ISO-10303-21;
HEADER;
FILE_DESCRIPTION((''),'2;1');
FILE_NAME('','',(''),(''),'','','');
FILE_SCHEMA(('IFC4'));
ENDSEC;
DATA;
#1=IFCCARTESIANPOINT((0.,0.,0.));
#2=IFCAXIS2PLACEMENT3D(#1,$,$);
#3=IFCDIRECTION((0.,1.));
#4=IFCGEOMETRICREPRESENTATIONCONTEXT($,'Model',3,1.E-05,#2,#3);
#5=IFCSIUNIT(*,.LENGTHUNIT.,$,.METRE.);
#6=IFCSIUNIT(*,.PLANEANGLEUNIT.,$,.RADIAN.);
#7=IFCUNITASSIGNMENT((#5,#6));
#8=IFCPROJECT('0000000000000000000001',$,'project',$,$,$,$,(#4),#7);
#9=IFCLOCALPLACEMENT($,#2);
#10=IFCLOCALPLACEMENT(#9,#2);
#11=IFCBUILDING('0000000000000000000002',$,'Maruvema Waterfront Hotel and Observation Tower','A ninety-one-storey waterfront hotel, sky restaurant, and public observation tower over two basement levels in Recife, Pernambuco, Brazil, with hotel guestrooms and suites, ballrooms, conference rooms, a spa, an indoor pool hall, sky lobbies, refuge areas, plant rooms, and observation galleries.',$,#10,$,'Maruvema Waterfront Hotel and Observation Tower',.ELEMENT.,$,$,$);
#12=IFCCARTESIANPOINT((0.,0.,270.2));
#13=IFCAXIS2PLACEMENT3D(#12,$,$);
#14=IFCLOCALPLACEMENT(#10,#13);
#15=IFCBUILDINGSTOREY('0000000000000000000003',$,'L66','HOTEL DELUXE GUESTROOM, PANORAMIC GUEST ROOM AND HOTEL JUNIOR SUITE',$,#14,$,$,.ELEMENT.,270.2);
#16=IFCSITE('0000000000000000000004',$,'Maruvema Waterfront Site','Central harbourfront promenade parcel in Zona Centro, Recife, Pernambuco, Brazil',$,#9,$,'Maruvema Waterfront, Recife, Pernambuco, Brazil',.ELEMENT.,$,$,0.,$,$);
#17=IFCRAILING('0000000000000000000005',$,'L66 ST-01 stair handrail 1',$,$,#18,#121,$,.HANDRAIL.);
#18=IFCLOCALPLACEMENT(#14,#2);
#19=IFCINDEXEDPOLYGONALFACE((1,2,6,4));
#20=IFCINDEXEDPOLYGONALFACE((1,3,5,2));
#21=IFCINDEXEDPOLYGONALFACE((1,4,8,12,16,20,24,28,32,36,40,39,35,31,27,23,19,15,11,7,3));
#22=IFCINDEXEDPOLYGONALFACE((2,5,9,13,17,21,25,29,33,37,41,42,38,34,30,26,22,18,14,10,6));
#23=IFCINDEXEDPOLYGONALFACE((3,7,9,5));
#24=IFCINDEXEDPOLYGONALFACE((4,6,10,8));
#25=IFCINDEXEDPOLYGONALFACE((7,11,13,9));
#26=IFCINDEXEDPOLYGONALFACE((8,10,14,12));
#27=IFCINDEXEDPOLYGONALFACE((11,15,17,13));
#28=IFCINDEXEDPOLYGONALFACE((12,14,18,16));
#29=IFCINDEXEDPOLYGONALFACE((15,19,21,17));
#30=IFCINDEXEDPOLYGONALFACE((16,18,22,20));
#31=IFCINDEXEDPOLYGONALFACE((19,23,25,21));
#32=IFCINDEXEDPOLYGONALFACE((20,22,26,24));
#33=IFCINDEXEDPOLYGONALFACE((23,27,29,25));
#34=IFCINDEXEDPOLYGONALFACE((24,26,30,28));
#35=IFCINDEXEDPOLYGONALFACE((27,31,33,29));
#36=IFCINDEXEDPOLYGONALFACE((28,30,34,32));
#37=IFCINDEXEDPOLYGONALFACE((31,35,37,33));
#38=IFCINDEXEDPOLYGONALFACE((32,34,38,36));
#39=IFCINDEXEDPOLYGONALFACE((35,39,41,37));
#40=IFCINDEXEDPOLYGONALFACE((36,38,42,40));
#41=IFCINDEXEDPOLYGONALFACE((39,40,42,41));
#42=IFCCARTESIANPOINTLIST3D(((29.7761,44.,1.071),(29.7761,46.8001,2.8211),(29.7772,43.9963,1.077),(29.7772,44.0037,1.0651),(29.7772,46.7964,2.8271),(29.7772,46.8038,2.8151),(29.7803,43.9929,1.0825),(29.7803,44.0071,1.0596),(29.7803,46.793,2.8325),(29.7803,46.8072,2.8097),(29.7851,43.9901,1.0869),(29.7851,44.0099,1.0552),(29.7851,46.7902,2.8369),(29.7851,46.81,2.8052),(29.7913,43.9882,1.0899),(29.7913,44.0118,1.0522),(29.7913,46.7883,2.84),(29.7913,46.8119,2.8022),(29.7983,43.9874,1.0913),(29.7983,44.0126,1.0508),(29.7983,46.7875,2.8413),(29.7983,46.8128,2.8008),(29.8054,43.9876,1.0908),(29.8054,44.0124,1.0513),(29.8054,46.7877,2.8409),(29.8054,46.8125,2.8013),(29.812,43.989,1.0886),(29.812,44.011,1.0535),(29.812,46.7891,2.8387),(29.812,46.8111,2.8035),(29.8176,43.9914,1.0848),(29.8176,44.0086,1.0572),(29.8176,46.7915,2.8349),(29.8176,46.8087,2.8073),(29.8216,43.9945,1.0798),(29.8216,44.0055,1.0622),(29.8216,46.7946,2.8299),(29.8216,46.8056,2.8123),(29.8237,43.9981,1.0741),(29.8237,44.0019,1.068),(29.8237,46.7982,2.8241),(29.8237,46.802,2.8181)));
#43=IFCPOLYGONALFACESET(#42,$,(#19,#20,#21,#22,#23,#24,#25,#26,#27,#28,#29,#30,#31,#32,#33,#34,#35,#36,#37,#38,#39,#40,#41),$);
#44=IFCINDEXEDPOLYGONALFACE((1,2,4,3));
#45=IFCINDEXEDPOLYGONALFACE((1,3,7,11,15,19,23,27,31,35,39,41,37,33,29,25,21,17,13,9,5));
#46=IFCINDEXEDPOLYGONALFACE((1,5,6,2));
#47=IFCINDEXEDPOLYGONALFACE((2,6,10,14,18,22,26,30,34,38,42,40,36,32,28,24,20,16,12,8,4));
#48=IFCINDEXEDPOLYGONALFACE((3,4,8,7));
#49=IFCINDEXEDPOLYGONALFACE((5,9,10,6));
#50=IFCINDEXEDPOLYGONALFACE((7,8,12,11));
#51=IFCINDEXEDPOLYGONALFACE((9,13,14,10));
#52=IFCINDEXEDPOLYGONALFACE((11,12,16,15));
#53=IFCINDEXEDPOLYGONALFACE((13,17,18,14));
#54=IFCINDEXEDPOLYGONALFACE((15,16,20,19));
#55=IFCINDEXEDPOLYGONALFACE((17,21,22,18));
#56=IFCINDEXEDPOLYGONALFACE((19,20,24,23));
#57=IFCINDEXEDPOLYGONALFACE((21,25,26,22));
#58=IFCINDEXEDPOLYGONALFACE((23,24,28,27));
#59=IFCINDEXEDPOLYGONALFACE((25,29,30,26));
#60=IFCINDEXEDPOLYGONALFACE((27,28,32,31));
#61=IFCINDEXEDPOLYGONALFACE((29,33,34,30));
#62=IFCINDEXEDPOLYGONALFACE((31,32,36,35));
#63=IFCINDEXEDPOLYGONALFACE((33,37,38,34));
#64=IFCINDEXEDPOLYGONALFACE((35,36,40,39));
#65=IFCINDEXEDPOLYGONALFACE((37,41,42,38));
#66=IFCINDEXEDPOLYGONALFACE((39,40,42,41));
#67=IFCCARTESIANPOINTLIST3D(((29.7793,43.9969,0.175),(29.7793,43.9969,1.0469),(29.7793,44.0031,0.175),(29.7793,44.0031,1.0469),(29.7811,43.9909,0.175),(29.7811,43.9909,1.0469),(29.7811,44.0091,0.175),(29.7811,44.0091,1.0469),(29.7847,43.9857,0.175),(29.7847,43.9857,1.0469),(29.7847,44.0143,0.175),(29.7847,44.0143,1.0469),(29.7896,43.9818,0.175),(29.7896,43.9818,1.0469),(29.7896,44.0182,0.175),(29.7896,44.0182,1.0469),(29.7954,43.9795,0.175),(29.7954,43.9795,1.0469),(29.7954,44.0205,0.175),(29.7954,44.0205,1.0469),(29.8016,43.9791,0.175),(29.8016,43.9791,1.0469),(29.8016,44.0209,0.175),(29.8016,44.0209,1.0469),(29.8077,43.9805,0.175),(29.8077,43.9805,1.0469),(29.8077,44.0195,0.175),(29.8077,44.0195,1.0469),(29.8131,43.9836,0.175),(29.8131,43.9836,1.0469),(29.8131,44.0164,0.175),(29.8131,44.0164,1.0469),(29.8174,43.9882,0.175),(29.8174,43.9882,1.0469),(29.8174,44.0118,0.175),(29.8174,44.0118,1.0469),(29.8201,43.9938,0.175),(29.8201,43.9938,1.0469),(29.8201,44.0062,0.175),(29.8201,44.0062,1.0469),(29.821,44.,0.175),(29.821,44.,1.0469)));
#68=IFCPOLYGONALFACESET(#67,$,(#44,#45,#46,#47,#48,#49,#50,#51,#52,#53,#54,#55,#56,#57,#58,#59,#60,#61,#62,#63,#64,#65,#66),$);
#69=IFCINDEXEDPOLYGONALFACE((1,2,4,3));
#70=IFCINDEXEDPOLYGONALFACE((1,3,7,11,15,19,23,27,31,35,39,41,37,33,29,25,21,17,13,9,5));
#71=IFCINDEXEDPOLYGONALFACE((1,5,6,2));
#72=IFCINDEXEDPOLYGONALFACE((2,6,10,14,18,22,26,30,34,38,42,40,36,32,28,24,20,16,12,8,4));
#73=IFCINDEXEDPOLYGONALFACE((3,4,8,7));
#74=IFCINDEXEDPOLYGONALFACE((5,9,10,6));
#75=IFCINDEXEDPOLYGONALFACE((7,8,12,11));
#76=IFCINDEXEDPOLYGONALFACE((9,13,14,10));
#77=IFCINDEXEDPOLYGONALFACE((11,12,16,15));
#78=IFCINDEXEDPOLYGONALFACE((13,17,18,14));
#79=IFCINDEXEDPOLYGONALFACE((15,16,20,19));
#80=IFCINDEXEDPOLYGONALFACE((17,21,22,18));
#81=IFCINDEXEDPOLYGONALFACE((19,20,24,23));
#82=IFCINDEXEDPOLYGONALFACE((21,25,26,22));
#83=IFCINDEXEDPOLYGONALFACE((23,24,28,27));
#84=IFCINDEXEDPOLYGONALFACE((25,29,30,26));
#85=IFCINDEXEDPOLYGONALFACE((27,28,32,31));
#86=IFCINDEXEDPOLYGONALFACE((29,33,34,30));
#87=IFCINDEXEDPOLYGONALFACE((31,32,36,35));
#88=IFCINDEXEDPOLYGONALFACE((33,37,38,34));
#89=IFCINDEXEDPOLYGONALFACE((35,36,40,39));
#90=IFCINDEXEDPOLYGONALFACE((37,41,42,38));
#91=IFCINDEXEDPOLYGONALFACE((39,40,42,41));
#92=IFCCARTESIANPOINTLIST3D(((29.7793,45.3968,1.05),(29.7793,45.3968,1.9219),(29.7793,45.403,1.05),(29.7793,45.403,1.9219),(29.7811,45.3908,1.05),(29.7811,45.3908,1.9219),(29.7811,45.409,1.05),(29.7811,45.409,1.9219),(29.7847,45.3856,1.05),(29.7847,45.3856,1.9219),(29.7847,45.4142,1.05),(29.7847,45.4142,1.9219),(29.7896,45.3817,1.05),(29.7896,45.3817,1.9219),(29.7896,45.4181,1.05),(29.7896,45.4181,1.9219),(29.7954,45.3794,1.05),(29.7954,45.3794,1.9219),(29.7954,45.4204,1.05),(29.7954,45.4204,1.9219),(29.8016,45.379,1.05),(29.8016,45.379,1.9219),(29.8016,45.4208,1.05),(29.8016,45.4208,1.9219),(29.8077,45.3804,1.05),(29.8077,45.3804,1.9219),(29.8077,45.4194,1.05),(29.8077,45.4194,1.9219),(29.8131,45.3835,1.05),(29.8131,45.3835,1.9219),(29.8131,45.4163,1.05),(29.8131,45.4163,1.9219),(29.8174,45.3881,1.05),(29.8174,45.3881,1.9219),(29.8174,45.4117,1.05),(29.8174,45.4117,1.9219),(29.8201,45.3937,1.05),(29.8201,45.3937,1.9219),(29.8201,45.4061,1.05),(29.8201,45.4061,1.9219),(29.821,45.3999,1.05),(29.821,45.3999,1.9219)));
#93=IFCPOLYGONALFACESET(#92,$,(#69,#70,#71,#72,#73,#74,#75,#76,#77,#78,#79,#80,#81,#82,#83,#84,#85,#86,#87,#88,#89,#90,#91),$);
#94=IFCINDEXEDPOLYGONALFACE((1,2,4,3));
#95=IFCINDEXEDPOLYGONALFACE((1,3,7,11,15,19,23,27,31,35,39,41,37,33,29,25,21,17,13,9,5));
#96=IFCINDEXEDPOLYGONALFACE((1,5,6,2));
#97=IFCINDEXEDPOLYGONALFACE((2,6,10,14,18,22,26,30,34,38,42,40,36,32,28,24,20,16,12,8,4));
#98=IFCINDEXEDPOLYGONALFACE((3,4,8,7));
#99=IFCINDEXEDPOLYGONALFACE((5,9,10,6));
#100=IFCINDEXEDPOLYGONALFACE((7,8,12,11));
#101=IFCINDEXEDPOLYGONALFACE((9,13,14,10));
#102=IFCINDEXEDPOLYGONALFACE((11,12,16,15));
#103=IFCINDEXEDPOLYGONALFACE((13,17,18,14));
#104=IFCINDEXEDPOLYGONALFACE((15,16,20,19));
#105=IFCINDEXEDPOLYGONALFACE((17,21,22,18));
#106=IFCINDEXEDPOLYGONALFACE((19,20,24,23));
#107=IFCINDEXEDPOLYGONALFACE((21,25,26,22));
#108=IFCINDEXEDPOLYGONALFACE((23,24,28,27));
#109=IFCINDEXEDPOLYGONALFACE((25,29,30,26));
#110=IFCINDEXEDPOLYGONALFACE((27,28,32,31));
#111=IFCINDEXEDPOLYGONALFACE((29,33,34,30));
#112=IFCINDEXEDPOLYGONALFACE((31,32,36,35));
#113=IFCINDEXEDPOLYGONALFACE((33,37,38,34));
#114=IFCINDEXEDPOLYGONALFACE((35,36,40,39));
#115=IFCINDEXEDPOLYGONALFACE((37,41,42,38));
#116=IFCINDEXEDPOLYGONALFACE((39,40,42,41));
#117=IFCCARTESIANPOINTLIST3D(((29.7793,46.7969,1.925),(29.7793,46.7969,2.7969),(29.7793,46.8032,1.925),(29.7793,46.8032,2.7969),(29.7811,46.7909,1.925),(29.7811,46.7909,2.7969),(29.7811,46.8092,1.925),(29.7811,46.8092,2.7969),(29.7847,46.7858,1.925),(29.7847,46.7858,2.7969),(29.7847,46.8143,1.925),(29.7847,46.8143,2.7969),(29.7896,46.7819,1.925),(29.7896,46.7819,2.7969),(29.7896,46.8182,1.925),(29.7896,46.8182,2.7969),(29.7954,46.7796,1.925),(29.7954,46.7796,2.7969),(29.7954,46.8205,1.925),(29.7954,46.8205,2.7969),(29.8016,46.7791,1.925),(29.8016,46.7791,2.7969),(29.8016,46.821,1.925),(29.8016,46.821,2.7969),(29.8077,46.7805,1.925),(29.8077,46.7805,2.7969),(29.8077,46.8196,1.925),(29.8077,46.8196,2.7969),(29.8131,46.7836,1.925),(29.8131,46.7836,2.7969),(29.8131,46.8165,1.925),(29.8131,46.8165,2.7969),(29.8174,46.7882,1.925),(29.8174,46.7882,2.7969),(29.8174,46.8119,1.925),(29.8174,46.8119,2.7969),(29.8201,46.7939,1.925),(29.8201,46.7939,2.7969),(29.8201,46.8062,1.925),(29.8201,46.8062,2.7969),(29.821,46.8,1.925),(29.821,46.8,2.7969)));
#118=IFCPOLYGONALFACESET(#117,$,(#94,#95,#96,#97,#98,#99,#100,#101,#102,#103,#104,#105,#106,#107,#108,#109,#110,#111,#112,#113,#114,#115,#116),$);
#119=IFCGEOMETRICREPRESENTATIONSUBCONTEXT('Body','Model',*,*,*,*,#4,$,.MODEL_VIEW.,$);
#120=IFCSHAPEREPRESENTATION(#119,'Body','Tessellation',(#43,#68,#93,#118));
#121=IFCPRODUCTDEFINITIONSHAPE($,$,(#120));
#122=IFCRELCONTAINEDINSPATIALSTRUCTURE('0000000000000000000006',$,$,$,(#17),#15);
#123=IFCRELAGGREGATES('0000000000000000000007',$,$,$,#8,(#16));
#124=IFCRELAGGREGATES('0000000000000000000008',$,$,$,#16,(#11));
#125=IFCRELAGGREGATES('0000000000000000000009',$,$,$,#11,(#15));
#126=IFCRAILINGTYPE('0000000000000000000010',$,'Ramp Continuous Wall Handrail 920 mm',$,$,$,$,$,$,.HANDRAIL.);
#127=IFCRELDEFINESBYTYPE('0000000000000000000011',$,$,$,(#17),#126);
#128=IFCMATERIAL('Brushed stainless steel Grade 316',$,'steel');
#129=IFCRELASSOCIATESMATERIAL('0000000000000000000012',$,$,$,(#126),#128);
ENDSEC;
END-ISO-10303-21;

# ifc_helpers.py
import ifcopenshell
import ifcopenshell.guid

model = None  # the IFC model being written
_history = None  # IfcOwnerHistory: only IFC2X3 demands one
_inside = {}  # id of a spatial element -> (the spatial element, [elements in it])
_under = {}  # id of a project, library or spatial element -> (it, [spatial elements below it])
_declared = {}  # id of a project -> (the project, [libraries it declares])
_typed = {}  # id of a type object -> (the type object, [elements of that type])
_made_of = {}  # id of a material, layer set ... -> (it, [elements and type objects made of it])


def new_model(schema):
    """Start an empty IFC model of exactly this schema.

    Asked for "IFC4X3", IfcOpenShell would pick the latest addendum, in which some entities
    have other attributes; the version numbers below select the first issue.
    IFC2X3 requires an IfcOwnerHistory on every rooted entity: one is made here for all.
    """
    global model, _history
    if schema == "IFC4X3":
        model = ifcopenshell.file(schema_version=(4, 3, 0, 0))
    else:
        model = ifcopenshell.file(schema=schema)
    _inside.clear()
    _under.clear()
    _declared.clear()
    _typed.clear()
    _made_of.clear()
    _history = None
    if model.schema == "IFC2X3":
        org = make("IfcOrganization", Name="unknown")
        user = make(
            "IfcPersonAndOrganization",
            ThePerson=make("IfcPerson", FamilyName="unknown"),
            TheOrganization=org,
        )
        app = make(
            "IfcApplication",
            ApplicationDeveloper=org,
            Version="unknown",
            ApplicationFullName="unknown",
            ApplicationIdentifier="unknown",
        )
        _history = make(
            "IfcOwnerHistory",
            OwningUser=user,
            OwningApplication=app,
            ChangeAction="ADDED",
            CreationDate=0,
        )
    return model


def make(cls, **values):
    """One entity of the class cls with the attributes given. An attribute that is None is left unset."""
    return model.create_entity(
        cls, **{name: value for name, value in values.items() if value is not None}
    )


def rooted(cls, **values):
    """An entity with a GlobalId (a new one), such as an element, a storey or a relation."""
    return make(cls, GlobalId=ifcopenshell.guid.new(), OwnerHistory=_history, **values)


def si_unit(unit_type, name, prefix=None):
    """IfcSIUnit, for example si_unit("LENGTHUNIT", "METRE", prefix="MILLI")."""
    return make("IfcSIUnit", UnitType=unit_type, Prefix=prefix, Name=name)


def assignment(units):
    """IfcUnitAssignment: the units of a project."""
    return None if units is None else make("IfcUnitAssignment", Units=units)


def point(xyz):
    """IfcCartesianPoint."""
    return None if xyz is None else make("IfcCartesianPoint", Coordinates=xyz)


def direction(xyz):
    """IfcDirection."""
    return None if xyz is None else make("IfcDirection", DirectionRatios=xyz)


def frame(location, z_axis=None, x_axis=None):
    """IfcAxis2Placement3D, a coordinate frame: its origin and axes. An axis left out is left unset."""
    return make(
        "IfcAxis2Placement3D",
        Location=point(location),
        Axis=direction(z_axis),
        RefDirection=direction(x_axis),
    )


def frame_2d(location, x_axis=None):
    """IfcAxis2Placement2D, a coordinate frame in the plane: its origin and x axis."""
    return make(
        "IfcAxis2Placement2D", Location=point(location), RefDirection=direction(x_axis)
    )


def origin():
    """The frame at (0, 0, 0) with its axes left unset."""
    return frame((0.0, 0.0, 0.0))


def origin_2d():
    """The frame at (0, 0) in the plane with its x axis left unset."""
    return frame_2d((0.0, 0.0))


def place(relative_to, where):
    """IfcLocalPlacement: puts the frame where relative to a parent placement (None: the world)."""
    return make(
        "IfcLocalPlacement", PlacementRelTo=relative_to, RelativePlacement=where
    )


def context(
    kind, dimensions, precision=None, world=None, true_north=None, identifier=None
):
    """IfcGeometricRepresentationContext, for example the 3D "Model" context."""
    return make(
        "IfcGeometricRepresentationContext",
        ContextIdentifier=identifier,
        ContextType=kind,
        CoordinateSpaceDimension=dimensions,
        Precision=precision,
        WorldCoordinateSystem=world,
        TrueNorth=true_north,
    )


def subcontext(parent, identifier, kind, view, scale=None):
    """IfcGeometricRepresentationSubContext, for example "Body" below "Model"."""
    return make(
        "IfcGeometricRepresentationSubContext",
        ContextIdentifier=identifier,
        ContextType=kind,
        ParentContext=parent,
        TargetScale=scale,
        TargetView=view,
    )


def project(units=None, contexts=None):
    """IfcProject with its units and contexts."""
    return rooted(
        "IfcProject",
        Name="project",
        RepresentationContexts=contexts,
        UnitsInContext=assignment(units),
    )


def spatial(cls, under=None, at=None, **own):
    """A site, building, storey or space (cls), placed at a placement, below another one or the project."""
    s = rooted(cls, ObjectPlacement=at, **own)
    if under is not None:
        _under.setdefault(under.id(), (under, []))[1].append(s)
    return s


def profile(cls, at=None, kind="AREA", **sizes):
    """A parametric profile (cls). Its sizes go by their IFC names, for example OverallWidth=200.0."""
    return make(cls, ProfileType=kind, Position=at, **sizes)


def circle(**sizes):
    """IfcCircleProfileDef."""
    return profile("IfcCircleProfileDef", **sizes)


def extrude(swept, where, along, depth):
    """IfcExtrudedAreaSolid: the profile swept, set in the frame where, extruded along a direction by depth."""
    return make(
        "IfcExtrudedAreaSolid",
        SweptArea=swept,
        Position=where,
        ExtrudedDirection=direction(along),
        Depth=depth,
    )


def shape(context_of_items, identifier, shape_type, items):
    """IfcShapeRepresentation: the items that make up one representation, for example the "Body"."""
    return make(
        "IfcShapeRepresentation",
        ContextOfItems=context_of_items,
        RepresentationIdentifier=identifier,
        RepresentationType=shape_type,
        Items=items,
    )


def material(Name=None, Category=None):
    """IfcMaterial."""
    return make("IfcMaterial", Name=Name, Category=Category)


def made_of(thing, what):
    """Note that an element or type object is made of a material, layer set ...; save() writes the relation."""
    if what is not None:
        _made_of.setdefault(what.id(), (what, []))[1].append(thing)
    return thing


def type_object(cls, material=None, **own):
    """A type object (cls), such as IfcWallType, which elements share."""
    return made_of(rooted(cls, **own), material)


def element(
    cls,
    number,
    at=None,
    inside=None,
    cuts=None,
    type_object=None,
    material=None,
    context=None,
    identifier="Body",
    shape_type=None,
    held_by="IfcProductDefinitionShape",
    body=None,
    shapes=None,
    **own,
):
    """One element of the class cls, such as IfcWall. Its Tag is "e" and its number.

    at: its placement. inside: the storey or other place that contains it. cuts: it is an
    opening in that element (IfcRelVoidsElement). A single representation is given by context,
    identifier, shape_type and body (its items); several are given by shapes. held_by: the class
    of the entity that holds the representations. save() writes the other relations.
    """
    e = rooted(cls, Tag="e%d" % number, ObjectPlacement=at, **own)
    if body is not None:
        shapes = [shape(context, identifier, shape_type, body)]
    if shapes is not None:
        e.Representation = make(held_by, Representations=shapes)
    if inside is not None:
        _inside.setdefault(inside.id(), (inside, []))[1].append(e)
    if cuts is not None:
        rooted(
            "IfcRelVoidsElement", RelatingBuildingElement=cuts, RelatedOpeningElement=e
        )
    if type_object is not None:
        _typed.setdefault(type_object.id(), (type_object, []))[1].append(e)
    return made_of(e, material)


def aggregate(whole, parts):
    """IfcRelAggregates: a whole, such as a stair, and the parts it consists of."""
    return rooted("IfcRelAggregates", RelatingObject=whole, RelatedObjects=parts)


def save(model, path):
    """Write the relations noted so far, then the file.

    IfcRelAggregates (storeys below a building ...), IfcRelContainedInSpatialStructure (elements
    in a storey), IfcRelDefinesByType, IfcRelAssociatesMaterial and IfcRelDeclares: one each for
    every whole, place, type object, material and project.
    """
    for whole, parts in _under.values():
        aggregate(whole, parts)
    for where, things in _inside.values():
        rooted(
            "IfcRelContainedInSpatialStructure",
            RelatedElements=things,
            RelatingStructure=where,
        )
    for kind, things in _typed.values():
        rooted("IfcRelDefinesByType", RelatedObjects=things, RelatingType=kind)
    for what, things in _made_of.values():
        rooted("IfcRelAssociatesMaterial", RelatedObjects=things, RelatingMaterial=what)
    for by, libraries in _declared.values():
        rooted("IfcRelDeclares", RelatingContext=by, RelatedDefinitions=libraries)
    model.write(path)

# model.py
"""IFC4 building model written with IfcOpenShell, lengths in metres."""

from ifc_helpers import new_model, si_unit, direction, frame, origin, origin_2d, place, context, subcontext, project, spatial, circle, extrude, material, type_object, element, save


model = new_model("IFC4")

# Units and contexts
model_context = context("Model", 3, precision=1e-05, world=origin(), true_north=direction((0.0, 1.0)))
body_context = subcontext(model_context, "Body", "Model", "MODEL_VIEW")
ifc_project = project(units=[si_unit("LENGTHUNIT", "METRE"), si_unit("PLANEANGLEUNIT", "RADIAN")], contexts=[model_context])

# Site, building, storey
site_placement = place(None, origin())
site = spatial("IfcSite", under=ifc_project, at=site_placement, Name="Maruvema Waterfront Site", Description="Central harbourfront promenade parcel in Zona Centro, Recife, Pernambuco, Brazil", LongName="Maruvema Waterfront, Recife, Pernambuco, Brazil", CompositionType="ELEMENT", RefElevation=0.0)
building_placement = place(site_placement, origin())
building = spatial("IfcBuilding", under=site, at=building_placement, Name="Maruvema Waterfront Hotel and Observation Tower", Description="A ninety-one-storey waterfront hotel, sky restaurant, and public observation tower over two basement levels in Recife, Pernambuco, Brazil, with hotel guestrooms and suites, ballrooms, conference rooms, a spa, an indoor pool hall, sky lobbies, refuge areas, plant rooms, and observation galleries.", LongName="Maruvema Waterfront Hotel and Observation Tower", CompositionType="ELEMENT")
storey_placement = place(building_placement, frame((0.0, 0.0, 270.2)))
storey = spatial("IfcBuildingStorey", under=building, at=storey_placement, Name="L66", Description="HOTEL DELUXE GUESTROOM, PANORAMIC GUEST ROOM AND HOTEL JUNIOR SUITE", CompositionType="ELEMENT", Elevation=270.2)

# Railing
ifc_material_1 = material(Name="Brushed stainless steel Grade 316", Category="steel")
railing_type_1 = type_object("IfcRailingType", Name="Ramp Continuous Wall Handrail 920 mm", PredefinedType="HANDRAIL", material=ifc_material_1)
railing_1_placement = place(storey_placement, frame((29.8, 44.0, 0.175)))
element("IfcRailing", 1, at=railing_1_placement, inside=storey, type_object=railing_type_1, Name="L66 ST-01 stair handrail 1", PredefinedType="HANDRAIL", context=body_context, shape_type="SweptSolid", body=[
    extrude(circle(Radius=0.0239, at=origin_2d()), frame((0.0, 0.0, 0.896), z_axis=(0.0, 0.848002, 0.529992), x_axis=(-1.0, 0.0, 0.0)), (0.0, 0.0, 1.0), 3.302),
    extrude(circle(Radius=0.021, at=origin_2d()), origin(), (0.0, 0.0, 1.0), 0.8718),
    extrude(circle(Radius=0.021, at=origin_2d()), frame((0.0, 1.3999, 0.875)), (0.0, 0.0, 1.0), 0.8718),
    extrude(circle(Radius=0.021, at=origin_2d()), frame((0.0, 2.8, 1.75)), (0.0, 0.0, 1.0), 0.8718),
])

save(model, "model.ifc")
